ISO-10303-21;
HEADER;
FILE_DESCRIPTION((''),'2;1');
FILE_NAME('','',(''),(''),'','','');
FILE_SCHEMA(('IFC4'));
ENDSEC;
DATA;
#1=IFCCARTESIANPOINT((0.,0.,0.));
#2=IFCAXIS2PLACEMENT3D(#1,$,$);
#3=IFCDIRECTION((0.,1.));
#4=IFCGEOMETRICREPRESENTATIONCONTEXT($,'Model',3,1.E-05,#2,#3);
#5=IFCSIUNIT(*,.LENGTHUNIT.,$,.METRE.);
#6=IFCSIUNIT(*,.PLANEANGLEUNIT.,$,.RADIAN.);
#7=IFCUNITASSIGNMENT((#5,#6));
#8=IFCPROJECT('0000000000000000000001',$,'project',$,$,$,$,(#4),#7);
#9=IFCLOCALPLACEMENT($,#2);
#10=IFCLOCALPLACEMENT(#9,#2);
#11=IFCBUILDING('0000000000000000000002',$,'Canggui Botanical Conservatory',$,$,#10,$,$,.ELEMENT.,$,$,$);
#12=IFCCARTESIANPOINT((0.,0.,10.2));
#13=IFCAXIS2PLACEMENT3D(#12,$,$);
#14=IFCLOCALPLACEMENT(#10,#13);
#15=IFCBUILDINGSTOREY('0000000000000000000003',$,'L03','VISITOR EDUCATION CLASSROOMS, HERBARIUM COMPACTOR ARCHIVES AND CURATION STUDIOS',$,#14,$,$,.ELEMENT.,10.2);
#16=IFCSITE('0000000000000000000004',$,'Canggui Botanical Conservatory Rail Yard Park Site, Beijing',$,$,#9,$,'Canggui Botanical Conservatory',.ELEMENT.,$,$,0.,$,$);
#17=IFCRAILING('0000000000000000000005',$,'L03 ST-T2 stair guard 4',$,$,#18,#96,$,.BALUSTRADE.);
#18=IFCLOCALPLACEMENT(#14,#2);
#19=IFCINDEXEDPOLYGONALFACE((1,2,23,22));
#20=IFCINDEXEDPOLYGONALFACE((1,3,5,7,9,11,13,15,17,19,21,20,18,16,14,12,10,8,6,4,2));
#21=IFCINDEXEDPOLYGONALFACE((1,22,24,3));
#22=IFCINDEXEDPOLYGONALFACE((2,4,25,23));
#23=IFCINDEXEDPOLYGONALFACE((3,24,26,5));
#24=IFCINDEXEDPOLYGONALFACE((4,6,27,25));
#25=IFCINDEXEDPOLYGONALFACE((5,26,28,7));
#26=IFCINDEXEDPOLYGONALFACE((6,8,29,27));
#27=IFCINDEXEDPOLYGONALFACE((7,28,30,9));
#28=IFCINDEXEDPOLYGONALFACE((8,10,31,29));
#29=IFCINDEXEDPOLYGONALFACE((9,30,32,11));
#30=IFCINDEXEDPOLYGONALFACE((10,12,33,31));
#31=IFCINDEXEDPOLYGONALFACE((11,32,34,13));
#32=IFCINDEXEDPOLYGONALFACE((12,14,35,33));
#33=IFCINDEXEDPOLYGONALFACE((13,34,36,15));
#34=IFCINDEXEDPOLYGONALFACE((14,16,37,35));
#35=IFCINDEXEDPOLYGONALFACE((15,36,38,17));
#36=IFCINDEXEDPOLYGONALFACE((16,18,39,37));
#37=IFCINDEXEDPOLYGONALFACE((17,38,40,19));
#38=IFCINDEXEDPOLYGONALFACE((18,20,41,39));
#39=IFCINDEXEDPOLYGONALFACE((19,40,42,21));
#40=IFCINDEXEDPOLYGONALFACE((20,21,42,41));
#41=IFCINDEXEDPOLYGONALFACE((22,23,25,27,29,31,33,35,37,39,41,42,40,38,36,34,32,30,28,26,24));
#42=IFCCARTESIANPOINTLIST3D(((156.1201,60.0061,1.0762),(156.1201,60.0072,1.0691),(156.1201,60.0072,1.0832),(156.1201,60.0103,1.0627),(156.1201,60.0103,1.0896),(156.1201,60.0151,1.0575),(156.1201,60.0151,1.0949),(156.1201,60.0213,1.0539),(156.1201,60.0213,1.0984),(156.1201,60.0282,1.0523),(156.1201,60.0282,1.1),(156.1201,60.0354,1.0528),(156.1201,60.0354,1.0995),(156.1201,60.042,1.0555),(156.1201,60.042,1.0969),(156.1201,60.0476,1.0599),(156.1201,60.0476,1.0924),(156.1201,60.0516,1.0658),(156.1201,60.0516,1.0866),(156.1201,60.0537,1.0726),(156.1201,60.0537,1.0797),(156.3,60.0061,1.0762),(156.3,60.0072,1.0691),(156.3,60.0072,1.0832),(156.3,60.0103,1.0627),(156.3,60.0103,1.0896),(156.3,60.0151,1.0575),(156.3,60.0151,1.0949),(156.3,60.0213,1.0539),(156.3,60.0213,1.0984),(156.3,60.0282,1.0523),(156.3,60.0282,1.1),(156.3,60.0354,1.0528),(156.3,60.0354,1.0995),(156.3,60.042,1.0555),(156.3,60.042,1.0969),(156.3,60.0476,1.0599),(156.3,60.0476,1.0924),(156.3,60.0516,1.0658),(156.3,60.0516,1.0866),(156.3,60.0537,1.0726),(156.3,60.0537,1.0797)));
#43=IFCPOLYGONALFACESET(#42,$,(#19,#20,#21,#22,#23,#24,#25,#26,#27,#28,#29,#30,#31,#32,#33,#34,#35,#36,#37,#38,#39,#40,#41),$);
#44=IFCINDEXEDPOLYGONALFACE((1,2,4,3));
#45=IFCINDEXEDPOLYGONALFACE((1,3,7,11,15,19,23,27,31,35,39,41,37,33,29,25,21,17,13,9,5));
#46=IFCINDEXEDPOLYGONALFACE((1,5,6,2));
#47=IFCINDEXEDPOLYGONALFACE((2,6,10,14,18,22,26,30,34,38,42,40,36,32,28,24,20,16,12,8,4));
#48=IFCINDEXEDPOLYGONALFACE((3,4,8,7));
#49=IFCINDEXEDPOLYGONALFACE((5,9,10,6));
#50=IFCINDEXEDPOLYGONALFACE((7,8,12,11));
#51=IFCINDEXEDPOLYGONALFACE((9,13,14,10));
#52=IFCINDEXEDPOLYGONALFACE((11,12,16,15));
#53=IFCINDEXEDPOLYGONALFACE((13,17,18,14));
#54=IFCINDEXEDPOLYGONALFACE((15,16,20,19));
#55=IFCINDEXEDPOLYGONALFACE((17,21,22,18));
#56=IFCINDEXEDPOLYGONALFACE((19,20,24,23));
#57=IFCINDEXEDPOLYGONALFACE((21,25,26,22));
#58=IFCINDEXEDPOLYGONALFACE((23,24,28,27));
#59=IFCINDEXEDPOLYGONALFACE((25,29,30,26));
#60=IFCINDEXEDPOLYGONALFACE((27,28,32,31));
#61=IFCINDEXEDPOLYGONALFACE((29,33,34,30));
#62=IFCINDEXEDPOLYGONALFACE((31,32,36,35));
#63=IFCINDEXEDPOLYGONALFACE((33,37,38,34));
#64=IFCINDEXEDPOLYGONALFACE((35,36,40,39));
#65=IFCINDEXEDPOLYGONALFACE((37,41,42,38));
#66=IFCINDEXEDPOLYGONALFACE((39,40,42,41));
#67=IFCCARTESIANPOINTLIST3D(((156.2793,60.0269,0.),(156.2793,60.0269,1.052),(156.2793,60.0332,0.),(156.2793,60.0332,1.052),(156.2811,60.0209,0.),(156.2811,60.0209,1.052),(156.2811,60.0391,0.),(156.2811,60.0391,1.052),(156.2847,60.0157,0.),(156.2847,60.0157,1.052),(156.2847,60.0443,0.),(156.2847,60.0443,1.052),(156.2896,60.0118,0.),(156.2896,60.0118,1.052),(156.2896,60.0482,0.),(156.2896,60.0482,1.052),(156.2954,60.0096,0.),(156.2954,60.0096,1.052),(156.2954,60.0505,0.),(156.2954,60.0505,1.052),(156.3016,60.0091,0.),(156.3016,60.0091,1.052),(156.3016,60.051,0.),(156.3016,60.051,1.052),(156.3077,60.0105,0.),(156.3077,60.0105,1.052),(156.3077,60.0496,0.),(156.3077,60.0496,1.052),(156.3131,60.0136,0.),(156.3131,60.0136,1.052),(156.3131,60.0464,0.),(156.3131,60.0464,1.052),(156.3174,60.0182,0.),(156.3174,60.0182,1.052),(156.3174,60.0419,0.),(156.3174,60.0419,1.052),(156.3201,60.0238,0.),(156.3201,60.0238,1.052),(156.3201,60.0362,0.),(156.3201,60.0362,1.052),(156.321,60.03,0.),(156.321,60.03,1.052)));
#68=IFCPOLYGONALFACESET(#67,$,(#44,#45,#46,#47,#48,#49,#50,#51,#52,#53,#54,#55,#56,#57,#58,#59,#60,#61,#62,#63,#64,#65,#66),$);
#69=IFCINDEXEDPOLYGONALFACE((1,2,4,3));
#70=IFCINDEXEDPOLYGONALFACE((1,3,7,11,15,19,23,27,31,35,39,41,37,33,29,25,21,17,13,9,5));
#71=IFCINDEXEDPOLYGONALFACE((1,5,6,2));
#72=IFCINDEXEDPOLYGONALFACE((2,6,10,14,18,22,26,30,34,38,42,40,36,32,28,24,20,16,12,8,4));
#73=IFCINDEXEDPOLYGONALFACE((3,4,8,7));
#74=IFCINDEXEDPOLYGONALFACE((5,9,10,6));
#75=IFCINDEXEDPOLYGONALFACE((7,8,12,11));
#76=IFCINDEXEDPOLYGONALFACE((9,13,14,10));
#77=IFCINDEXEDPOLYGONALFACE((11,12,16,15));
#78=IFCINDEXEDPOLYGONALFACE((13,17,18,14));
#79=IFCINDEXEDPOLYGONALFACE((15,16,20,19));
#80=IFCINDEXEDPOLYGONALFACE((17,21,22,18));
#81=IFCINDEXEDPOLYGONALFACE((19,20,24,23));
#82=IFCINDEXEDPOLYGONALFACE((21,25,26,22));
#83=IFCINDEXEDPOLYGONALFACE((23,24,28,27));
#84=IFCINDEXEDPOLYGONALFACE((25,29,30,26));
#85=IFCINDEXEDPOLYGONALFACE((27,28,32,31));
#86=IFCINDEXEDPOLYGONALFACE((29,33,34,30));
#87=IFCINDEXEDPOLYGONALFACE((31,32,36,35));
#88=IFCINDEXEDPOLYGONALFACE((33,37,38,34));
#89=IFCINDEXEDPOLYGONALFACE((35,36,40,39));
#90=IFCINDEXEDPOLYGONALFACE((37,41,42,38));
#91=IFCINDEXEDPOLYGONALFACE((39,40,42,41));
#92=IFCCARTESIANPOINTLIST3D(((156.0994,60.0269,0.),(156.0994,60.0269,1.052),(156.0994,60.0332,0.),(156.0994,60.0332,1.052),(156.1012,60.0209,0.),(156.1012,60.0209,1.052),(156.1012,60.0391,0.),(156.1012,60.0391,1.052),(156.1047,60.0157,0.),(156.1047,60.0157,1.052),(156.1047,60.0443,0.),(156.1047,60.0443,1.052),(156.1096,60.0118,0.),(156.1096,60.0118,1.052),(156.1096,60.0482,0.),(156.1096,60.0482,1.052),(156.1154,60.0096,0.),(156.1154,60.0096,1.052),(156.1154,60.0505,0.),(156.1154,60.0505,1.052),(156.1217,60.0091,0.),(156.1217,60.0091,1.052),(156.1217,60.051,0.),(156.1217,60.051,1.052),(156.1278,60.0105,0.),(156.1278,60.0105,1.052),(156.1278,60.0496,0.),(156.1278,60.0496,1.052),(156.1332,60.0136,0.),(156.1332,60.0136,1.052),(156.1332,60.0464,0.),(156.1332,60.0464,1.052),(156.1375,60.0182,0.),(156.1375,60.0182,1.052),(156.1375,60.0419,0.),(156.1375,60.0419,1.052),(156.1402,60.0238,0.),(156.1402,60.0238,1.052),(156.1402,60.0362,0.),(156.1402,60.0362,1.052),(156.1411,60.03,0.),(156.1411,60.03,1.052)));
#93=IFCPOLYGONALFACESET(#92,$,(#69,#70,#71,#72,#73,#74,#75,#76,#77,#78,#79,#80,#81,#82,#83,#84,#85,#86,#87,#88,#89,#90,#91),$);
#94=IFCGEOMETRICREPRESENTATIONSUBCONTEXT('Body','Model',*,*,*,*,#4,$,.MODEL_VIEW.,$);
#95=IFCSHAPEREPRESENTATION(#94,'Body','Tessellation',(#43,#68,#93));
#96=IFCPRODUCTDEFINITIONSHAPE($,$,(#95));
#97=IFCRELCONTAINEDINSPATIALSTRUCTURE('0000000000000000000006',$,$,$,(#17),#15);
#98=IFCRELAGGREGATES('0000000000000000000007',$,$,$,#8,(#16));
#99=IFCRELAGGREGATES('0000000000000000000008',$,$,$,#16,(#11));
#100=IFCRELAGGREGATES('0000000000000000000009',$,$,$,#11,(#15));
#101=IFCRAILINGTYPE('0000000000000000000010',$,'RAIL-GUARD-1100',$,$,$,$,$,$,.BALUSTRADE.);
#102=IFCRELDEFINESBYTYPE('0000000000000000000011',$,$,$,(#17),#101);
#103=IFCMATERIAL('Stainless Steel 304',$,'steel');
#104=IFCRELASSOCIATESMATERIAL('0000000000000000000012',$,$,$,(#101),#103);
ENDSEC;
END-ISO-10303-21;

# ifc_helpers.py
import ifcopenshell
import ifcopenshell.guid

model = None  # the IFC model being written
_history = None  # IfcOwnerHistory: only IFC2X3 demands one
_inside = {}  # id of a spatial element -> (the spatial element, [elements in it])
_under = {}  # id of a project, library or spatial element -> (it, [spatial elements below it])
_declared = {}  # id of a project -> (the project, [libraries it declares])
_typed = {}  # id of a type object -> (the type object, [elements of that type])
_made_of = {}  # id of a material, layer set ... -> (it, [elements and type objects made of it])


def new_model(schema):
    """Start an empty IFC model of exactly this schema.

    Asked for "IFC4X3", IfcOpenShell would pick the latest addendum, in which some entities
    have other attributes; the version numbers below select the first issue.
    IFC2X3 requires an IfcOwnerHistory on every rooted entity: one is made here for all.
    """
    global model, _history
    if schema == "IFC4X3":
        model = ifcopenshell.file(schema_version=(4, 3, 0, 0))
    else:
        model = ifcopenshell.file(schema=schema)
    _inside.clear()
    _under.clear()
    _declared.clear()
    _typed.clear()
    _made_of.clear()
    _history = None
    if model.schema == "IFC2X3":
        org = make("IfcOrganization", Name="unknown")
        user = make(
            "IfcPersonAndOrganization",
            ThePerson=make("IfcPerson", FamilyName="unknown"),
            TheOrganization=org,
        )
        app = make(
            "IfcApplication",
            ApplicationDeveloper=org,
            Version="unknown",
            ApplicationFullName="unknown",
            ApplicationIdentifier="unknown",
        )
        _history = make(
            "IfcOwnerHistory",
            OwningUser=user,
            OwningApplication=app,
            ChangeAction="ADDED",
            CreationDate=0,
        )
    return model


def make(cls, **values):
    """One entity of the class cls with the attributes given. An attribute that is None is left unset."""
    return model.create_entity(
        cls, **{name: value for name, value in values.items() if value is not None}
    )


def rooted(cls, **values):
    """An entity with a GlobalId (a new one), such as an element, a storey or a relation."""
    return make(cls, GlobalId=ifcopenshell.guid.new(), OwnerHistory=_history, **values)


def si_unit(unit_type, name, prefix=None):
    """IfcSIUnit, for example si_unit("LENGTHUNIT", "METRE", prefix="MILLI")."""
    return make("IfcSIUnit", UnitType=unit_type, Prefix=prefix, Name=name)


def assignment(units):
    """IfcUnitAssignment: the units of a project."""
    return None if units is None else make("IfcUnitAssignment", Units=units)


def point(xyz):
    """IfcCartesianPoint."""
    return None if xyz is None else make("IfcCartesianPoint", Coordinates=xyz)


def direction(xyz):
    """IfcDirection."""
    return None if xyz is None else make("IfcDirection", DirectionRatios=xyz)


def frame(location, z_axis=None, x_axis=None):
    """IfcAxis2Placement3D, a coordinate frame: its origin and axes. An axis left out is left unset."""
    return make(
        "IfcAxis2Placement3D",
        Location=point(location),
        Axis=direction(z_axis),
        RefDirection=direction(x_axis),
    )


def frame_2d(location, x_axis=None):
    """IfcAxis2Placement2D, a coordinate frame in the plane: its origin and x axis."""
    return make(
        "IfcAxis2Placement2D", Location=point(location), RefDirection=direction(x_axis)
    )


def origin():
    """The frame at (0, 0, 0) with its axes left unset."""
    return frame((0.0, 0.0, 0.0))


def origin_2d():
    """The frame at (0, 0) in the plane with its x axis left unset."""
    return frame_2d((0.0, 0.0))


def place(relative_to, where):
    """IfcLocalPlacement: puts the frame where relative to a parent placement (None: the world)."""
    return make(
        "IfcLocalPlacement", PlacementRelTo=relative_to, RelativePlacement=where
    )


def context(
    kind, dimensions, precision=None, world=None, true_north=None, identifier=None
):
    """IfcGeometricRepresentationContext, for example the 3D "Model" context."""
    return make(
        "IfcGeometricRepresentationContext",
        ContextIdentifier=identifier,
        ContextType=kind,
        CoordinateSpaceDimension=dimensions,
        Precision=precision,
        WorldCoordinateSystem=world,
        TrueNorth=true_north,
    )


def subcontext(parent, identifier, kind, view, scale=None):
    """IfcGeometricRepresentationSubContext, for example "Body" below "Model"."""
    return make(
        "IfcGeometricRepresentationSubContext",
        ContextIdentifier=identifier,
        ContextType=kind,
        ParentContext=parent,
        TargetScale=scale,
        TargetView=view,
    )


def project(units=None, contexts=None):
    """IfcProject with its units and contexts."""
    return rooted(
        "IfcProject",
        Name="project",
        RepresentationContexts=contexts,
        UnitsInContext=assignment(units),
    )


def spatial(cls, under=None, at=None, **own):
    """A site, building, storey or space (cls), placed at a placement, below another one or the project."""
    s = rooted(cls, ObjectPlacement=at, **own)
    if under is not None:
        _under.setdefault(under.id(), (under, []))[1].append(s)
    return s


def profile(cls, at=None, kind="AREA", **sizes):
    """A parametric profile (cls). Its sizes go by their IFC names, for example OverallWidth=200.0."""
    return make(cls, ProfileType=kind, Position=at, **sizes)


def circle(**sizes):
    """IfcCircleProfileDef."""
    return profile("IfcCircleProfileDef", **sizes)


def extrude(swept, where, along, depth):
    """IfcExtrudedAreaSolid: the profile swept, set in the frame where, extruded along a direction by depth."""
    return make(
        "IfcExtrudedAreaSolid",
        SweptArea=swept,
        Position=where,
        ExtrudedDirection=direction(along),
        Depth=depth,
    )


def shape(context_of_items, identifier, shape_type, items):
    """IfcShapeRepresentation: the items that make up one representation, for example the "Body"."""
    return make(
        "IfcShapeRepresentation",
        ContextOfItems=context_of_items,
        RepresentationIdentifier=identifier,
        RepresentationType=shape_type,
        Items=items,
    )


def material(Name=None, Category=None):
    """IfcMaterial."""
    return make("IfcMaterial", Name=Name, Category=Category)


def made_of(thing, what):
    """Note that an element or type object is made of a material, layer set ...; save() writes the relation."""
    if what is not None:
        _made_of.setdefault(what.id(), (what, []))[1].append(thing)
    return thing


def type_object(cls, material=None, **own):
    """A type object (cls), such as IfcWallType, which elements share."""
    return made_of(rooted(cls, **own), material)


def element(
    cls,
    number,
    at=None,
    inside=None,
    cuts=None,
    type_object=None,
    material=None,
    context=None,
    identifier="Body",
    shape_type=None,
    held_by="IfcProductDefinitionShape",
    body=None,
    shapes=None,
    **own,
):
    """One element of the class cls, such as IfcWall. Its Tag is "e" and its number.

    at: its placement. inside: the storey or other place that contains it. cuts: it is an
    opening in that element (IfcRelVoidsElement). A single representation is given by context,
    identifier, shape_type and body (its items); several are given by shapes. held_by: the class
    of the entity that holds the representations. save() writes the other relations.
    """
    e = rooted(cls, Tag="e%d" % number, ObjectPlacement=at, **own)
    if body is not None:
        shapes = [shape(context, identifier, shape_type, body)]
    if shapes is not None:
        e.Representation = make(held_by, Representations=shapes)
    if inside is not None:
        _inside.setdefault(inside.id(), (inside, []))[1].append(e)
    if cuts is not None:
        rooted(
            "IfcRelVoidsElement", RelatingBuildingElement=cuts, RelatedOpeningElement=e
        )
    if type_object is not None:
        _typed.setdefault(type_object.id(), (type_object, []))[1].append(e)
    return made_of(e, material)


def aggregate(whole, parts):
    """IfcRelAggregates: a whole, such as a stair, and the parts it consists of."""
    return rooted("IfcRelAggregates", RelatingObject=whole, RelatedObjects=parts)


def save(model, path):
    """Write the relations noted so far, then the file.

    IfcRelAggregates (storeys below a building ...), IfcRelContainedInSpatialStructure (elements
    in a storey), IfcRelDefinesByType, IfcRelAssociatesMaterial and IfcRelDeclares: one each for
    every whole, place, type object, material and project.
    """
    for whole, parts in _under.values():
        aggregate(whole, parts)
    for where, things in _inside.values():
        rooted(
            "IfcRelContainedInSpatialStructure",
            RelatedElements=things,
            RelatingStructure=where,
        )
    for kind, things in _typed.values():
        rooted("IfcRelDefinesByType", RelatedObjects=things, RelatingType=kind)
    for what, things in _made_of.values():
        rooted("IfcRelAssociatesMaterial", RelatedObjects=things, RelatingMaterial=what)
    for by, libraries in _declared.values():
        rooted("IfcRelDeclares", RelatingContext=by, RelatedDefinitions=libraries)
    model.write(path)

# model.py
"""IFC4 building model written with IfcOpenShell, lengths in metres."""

from ifc_helpers import new_model, si_unit, direction, frame, origin, origin_2d, place, context, subcontext, project, spatial, circle, extrude, material, type_object, element, save


model = new_model("IFC4")

# Units and contexts
model_context = context("Model", 3, precision=1e-05, world=origin(), true_north=direction((0.0, 1.0)))
body_context = subcontext(model_context, "Body", "Model", "MODEL_VIEW")
ifc_project = project(units=[si_unit("LENGTHUNIT", "METRE"), si_unit("PLANEANGLEUNIT", "RADIAN")], contexts=[model_context])

# Site, building, storey
site_placement = place(None, origin())
site = spatial("IfcSite", under=ifc_project, at=site_placement, Name="Canggui Botanical Conservatory Rail Yard Park Site, Beijing", LongName="Canggui Botanical Conservatory", CompositionType="ELEMENT", RefElevation=0.0)
building_placement = place(site_placement, origin())
building = spatial("IfcBuilding", under=site, at=building_placement, Name="Canggui Botanical Conservatory", CompositionType="ELEMENT")
storey_placement = place(building_placement, frame((0.0, 0.0, 10.2)))
storey = spatial("IfcBuildingStorey", under=building, at=storey_placement, Name="L03", Description="VISITOR EDUCATION CLASSROOMS, HERBARIUM COMPACTOR ARCHIVES AND CURATION STUDIOS", CompositionType="ELEMENT", Elevation=10.2)

# Shared definitions
ifc_material_1 = material(Name="Stainless Steel 304", Category="steel")

# Railing
railing_type_1 = type_object("IfcRailingType", Name="RAIL-GUARD-1100", PredefinedType="BALUSTRADE", material=ifc_material_1)
railing_1_placement = place(storey_placement, frame((156.3, 60.03, 0.0)))
element("IfcRailing", 1, at=railing_1_placement, inside=storey, type_object=railing_type_1, Name="L03 ST-T2 stair guard 4", PredefinedType="BALUSTRADE", context=body_context, shape_type="SweptSolid", body=[
    extrude(circle(Radius=0.0239, at=origin_2d()), frame((0.0, 0.0, 1.0762), z_axis=(-1.0, 0.0, 0.0), x_axis=(0.0, -1.0, 0.0)), (0.0, 0.0, 1.0), 0.1799),
    extrude(circle(Radius=0.021, at=origin_2d()), origin(), (0.0, 0.0, 1.0), 1.052),
    extrude(circle(Radius=0.021, at=origin_2d()), frame((-0.1799, 0.0, 0.0)), (0.0, 0.0, 1.0), 1.052),
])

save(model, "model.ifc")
